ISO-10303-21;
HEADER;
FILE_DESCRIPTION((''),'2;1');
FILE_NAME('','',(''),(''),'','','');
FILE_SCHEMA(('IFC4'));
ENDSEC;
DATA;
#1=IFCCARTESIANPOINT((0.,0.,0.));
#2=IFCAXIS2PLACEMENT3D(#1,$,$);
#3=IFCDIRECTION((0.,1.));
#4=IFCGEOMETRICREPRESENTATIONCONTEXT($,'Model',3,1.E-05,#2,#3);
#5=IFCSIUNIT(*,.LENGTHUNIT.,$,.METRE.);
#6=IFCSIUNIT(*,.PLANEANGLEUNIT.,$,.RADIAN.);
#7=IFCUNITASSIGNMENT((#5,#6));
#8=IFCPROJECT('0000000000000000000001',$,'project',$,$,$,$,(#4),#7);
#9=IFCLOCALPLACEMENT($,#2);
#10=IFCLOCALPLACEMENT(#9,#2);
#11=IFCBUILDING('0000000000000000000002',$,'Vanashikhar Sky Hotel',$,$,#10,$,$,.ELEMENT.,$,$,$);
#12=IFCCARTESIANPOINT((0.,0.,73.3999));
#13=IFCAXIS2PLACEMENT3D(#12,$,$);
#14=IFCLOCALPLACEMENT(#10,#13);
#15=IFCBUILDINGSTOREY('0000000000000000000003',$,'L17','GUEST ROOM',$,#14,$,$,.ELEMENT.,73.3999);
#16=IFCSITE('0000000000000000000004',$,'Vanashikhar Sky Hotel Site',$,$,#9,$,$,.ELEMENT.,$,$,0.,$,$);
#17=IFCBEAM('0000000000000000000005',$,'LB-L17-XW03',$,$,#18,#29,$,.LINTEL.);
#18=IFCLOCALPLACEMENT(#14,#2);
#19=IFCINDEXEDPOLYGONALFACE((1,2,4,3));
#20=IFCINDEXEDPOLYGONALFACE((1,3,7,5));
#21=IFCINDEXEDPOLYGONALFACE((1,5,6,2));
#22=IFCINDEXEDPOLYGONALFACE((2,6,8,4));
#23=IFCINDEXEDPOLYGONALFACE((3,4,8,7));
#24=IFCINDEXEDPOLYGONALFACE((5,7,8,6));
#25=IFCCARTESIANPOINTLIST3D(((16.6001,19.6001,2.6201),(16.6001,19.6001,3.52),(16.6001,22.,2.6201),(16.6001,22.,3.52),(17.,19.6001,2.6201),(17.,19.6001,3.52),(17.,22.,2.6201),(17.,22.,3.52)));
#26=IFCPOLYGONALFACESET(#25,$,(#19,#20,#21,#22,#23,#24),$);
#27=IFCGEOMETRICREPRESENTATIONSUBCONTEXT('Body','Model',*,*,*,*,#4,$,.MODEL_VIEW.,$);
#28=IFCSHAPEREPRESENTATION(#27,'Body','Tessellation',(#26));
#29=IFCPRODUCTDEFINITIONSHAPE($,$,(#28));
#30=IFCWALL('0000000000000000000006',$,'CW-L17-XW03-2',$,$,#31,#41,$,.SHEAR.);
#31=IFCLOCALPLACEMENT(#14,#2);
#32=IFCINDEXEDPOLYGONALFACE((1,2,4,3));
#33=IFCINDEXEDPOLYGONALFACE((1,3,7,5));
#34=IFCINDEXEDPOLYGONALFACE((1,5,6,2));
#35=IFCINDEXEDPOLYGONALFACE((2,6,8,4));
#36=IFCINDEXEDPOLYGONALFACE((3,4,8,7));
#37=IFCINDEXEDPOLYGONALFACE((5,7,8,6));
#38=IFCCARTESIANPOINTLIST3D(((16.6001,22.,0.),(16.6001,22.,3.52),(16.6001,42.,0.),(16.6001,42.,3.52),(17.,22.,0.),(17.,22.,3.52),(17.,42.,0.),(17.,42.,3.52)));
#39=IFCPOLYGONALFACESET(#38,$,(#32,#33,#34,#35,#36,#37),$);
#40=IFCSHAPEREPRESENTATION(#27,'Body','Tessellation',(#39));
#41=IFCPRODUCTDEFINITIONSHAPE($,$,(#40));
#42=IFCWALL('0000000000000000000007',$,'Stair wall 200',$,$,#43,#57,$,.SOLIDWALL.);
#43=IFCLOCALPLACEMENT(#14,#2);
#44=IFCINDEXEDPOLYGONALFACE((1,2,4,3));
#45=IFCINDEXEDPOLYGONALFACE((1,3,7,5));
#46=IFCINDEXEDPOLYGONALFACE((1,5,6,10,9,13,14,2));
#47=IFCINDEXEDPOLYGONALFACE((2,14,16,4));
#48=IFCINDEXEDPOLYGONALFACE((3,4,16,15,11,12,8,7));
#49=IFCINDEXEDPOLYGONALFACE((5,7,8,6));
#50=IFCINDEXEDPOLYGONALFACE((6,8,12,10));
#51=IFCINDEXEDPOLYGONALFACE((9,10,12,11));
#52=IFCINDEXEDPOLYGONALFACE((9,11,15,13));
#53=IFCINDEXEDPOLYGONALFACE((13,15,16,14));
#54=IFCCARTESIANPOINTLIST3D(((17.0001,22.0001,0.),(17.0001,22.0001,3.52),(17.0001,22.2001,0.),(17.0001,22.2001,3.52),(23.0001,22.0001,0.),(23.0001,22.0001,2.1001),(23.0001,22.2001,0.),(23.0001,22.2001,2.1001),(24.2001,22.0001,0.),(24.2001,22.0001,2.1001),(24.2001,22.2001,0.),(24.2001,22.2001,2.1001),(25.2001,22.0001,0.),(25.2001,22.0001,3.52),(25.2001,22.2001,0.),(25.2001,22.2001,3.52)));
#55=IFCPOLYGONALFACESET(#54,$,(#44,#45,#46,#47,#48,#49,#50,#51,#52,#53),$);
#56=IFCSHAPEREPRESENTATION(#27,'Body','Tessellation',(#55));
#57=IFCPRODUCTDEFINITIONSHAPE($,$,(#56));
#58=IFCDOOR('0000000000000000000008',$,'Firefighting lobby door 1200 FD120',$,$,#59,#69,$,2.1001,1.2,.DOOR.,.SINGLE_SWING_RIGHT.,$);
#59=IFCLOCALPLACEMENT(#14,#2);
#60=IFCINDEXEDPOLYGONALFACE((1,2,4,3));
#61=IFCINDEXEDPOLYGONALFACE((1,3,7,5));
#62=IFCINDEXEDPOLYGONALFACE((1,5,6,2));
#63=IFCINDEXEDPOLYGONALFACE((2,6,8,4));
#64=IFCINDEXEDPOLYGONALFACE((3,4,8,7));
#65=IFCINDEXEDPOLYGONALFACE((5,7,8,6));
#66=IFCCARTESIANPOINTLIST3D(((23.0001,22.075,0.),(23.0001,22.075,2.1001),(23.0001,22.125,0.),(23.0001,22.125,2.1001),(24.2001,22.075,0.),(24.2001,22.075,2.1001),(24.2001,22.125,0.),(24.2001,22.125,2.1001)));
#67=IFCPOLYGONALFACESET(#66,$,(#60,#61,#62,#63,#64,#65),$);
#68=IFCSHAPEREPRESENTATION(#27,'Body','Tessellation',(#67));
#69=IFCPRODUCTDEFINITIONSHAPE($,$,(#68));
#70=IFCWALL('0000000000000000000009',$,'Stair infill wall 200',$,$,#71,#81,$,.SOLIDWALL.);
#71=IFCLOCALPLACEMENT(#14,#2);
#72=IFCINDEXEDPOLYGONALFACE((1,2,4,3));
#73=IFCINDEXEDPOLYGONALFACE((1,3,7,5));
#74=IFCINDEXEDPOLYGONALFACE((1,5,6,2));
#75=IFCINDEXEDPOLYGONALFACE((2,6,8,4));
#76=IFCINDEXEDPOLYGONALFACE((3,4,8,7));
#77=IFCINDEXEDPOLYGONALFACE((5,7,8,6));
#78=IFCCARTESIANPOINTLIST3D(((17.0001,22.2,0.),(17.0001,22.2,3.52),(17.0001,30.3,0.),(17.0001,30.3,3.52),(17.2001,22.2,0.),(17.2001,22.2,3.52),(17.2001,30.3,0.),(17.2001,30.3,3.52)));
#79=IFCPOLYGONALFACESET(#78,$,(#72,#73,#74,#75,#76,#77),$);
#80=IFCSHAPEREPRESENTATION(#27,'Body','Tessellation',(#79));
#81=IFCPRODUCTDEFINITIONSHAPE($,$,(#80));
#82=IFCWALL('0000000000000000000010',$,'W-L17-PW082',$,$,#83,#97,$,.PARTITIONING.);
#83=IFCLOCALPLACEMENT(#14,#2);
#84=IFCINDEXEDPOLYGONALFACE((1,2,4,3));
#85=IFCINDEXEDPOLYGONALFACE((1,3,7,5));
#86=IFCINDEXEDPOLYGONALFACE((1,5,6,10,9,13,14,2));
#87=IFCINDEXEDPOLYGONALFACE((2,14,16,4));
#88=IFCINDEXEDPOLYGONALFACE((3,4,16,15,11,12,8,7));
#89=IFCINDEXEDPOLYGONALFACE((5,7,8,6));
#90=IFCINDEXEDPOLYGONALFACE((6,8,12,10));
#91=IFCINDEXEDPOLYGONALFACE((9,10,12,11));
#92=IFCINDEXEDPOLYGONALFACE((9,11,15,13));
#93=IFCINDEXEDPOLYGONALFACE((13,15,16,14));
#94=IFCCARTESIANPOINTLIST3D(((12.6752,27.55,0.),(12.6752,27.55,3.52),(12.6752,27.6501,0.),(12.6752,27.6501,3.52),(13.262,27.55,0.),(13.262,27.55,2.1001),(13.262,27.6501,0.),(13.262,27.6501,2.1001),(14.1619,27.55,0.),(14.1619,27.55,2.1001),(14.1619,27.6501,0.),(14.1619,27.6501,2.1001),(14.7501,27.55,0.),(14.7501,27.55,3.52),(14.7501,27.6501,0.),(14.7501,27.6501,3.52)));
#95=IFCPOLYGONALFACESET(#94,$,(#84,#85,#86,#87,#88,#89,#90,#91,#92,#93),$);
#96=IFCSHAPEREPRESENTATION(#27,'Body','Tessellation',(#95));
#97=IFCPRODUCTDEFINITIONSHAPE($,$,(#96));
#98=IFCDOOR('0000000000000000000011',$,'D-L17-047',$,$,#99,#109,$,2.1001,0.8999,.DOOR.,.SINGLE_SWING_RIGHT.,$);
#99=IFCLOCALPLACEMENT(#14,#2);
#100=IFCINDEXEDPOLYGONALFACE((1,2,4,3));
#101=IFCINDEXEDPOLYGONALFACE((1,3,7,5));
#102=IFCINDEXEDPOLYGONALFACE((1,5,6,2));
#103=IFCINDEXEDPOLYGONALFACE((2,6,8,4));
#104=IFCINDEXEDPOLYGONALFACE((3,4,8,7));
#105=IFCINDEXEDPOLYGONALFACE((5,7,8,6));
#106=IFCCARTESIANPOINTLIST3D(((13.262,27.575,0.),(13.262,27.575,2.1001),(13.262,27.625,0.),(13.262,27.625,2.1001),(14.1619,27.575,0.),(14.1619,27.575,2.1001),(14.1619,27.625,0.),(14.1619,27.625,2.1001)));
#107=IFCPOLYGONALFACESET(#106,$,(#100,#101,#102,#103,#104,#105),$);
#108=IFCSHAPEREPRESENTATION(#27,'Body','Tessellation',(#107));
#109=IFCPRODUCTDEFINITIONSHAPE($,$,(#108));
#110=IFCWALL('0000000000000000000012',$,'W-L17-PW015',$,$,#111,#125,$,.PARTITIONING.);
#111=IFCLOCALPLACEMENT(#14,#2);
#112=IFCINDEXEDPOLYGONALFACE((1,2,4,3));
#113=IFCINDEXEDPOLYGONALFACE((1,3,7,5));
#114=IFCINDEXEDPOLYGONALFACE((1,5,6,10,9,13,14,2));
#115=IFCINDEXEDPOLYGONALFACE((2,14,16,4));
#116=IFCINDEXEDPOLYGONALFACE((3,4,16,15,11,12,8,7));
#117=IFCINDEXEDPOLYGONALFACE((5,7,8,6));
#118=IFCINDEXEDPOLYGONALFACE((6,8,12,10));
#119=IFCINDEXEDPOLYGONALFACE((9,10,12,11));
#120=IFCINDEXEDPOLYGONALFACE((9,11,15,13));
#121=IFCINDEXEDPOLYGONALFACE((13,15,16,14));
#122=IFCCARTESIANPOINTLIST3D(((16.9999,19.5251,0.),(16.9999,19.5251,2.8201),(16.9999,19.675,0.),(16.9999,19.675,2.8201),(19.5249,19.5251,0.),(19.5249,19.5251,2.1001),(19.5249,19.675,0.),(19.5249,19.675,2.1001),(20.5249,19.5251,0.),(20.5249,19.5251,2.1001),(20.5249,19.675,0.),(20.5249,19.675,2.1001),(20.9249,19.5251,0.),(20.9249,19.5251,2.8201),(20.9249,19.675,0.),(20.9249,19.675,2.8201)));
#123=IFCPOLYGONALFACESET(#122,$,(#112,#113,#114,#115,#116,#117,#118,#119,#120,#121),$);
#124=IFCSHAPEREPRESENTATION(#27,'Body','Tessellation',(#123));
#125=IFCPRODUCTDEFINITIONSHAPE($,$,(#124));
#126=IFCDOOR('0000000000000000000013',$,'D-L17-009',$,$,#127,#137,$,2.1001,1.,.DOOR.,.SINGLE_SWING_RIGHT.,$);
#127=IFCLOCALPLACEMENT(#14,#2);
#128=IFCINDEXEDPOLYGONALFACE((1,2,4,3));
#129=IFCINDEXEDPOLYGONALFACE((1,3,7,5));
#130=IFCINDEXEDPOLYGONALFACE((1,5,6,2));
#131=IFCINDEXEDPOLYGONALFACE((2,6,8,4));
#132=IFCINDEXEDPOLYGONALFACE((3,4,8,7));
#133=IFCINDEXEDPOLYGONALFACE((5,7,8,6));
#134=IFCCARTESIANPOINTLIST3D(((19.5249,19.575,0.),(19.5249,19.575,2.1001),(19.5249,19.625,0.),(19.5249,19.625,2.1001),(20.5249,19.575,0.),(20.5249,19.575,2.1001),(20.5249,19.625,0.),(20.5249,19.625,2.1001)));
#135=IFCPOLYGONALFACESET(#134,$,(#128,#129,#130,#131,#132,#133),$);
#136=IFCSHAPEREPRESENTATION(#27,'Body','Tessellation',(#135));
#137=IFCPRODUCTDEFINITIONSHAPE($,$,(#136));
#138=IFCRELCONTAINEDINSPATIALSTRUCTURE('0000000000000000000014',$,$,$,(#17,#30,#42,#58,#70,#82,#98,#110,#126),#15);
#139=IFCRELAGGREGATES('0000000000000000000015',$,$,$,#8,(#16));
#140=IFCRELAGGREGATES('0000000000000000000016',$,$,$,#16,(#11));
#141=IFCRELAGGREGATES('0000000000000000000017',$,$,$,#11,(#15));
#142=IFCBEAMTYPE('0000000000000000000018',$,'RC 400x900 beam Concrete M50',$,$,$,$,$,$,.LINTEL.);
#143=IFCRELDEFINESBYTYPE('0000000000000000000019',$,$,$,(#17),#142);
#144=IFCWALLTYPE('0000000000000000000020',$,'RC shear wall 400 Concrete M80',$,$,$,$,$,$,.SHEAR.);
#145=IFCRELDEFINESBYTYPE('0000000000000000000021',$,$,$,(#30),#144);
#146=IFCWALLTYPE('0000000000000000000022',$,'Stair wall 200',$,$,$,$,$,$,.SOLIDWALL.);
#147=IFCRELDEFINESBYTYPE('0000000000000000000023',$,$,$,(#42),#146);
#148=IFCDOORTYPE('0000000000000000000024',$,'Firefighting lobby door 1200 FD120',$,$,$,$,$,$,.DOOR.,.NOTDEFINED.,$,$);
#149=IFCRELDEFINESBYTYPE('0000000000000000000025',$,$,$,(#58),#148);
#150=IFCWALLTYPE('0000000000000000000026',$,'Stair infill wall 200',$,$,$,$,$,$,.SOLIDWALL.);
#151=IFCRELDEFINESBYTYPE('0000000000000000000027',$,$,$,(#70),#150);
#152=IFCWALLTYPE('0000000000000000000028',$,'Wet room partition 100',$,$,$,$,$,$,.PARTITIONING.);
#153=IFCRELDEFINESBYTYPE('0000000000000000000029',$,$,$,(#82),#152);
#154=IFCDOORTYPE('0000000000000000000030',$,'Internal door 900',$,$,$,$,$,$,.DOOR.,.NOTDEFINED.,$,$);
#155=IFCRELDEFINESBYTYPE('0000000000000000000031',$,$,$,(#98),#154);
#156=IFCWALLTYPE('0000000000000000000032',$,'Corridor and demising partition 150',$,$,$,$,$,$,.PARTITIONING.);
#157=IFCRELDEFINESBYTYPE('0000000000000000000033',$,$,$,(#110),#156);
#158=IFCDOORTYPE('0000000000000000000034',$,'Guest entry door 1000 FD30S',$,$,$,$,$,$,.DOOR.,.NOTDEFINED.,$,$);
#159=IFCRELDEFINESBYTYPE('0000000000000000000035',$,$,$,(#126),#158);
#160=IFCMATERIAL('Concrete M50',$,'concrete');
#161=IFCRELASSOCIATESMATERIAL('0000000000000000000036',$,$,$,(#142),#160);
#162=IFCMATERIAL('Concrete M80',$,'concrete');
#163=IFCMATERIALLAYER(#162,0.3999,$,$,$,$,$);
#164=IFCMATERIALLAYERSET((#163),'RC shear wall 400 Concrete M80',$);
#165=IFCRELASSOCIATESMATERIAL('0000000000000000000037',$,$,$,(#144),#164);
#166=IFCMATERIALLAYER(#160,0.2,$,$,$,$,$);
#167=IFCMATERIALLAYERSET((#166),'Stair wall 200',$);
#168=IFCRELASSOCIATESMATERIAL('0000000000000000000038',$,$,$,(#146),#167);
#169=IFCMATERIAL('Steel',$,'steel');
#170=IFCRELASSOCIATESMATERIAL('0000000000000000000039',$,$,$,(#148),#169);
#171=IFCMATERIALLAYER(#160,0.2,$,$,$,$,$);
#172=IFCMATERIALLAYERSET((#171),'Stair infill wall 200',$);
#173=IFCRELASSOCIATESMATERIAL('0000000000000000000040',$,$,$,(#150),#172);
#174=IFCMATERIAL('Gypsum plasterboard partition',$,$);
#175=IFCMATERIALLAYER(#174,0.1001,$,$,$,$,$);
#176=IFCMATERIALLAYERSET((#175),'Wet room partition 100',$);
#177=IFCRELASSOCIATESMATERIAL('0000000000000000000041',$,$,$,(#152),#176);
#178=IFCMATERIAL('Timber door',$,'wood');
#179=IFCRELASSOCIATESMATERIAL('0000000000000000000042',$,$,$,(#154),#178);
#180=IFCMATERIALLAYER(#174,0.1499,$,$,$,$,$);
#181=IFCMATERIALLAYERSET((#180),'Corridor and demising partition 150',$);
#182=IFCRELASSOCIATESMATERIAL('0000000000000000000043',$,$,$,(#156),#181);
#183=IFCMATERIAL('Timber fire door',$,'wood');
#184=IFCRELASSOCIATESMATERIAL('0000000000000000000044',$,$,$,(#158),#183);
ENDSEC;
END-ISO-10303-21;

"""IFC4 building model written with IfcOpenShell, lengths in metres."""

from ifc_helpers import new_model, si_unit, direction, frame, frame_2d, origin, origin_2d, place, context, subcontext, project, spatial, rectangle, extrude, source, transform, mapped, material, layer, layer_set, material_profile, profile_set, type_object, element, fill, save


model = new_model("IFC4")

# Units and contexts
model_context = context("Model", 3, precision=1e-05, world=origin(), true_north=direction((0.0, 1.0)))
body_context = subcontext(model_context, "Body", "Model", "MODEL_VIEW")
ifc_project = project(units=[si_unit("LENGTHUNIT", "METRE"), si_unit("PLANEANGLEUNIT", "RADIAN")], contexts=[model_context])

# Site, building, storey
site_placement = place(None, origin())
site = spatial("IfcSite", under=ifc_project, at=site_placement, Name="Vanashikhar Sky Hotel Site", CompositionType="ELEMENT", RefElevation=0.0)
building_placement = place(site_placement, origin())
building = spatial("IfcBuilding", under=site, at=building_placement, Name="Vanashikhar Sky Hotel", CompositionType="ELEMENT")
storey_placement = place(building_placement, frame((0.0, 0.0, 73.3999)))
storey = spatial("IfcBuildingStorey", under=building, at=storey_placement, Name="L17", Description="GUEST ROOM", CompositionType="ELEMENT", Elevation=73.3999)

# Beam
ifc_material_1 = material(Name="Concrete M50", Category="concrete")
ifc_material_profile = material_profile(ifc_material_1, rectangle(XDim=0.3999, YDim=0.8999, at=origin_2d()))
ifc_profile_set = profile_set([ifc_material_profile], Name="RC 400x900 beam Concrete M50")
beam_type = type_object("IfcBeamType", Name="RC 400x900 beam Concrete M50", PredefinedType="LINTEL", material=ifc_profile_set)
shared_shape_1 = source(origin(), body_context, "Body", "SweptSolid", [
    extrude(rectangle(XDim=0.3999, YDim=0.8999, at=origin_2d()), origin(), (0.0, 0.0, 1.0), 2.3999),
])
beam_placement = place(storey_placement, frame((16.8, 19.6001, 3.0701), z_axis=(0.0, 1.0, 0.0), x_axis=(-1.0, 0.0, 0.0)))
element("IfcBeam", 1, at=beam_placement, inside=storey, type_object=beam_type, Name="LB-L17-XW03", PredefinedType="LINTEL", context=body_context, shape_type="MappedRepresentation", body=[
    mapped(shared_shape_1, transform((0.0, 0.0, 0.0), scale=1.0)),
])

# Wall
ifc_material_2 = material(Name="Concrete M80", Category="concrete")
ifc_layer_1 = layer(ifc_material_2, 0.3999)
ifc_layer_set_1 = layer_set([ifc_layer_1], Name="RC shear wall 400 Concrete M80")
wall_type_1 = type_object("IfcWallType", Name="RC shear wall 400 Concrete M80", PredefinedType="SHEAR", material=ifc_layer_set_1)
shared_shape_2 = source(origin(), body_context, "Body", "SweptSolid", [
    extrude(rectangle(XDim=20.0, YDim=0.3999, at=frame_2d((10.0, 0.0))), origin(), (0.0, 0.0, 1.0), 3.52),
])
wall_1_placement = place(storey_placement, frame((16.8, 22.0, 0.0), z_axis=(0.0, 0.0, 1.0), x_axis=(0.0, 1.0, 0.0)))
element("IfcWall", 2, at=wall_1_placement, inside=storey, type_object=wall_type_1, Name="CW-L17-XW03-2", PredefinedType="SHEAR", context=body_context, shape_type="MappedRepresentation", body=[
    mapped(shared_shape_2, transform((0.0, 0.0, 0.0), scale=1.0)),
])

# Wall, opening, door
ifc_layer_2 = layer(ifc_material_1, 0.2)
ifc_layer_set_2 = layer_set([ifc_layer_2], Name="Stair wall 200")
wall_type_2 = type_object("IfcWallType", Name="Stair wall 200", PredefinedType="SOLIDWALL", material=ifc_layer_set_2)
shared_shape_3 = source(origin(), body_context, "Body", "SweptSolid", [
    extrude(rectangle(XDim=8.2, YDim=0.2, at=frame_2d((4.1001, 0.0))), origin(), (0.0, 0.0, 1.0), 3.52),
])
wall_2_placement = place(storey_placement, frame((17.0, 22.1001, 0.0), z_axis=(0.0, 0.0, 1.0), x_axis=(1.0, 0.0, 0.0)))
wall_2 = element("IfcWall", 3, at=wall_2_placement, inside=storey, type_object=wall_type_2, Name="Stair wall 200", PredefinedType="SOLIDWALL", context=body_context, shape_type="MappedRepresentation", body=[
    mapped(shared_shape_3, transform((0.0, 0.0, 0.0), scale=1.0)),
])
shared_shape_4 = source(origin(), body_context, "Body", "SweptSolid", [
    extrude(rectangle(XDim=1.2, YDim=2.1001, at=frame_2d((0.6001, 1.05))), frame((0.0, 0.1099, 0.0), z_axis=(0.0, -1.0, 0.0), x_axis=(1.0, 0.0, 0.0)), (0.0, 0.0, 1.0), 0.22),
])
opening_1_placement = place(wall_2_placement, frame((6.0, 0.0, 0.0)))
opening_1 = element("IfcOpeningElement", 4, at=opening_1_placement, cuts=wall_2, PredefinedType="OPENING", context=body_context, shape_type="MappedRepresentation", body=[
    mapped(shared_shape_4, transform((0.0, 0.0, 0.0), scale=1.0)),
])
ifc_material_3 = material(Name="Steel", Category="steel")
door_type_1 = type_object("IfcDoorType", Name="Firefighting lobby door 1200 FD120", OperationType="NOTDEFINED", PredefinedType="DOOR", material=ifc_material_3)
shared_shape_5 = source(origin(), body_context, "Body", "SweptSolid", [
    extrude(rectangle(XDim=1.2, YDim=2.1001, at=frame_2d((0.6001, 1.05))), frame((0.0, 0.0249, 0.0), z_axis=(0.0, -1.0, 0.0), x_axis=(1.0, 0.0, 0.0)), (0.0, 0.0, 1.0), 0.05),
])
door_1_placement = place(opening_1_placement, origin())
door_1 = element("IfcDoor", 5, at=door_1_placement, inside=storey, type_object=door_type_1, Name="Firefighting lobby door 1200 FD120", OperationType="SINGLE_SWING_RIGHT", OverallHeight=2.1001, OverallWidth=1.2, PredefinedType="DOOR", context=body_context, shape_type="MappedRepresentation", body=[
    mapped(shared_shape_5, transform((0.0, 0.0, 0.0), scale=1.0)),
])
fill(opening_1, door_1)

# Wall
ifc_layer_3 = layer(ifc_material_1, 0.2)
ifc_layer_set_3 = layer_set([ifc_layer_3], Name="Stair infill wall 200")
wall_type_3 = type_object("IfcWallType", Name="Stair infill wall 200", PredefinedType="SOLIDWALL", material=ifc_layer_set_3)
shared_shape_6 = source(origin(), body_context, "Body", "SweptSolid", [
    extrude(rectangle(XDim=8.1001, YDim=0.2, at=frame_2d((4.05, 0.0))), origin(), (0.0, 0.0, 1.0), 3.52),
])
wall_3_placement = place(storey_placement, frame((17.1001, 22.2, 0.0), z_axis=(0.0, 0.0, 1.0), x_axis=(0.0, 1.0, 0.0)))
element("IfcWall", 6, at=wall_3_placement, inside=storey, type_object=wall_type_3, Name="Stair infill wall 200", PredefinedType="SOLIDWALL", context=body_context, shape_type="MappedRepresentation", body=[
    mapped(shared_shape_6, transform((0.0, 0.0, 0.0), scale=1.0)),
])

# Walls, openings, doors
ifc_material_4 = material(Name="Gypsum plasterboard partition")
ifc_layer_4 = layer(ifc_material_4, 0.1001)
ifc_layer_set_4 = layer_set([ifc_layer_4], Name="Wet room partition 100")
wall_type_4 = type_object("IfcWallType", Name="Wet room partition 100", PredefinedType="PARTITIONING", material=ifc_layer_set_4)
shared_shape_7 = source(origin(), body_context, "Body", "SweptSolid", [
    extrude(rectangle(XDim=2.075, YDim=0.1001, at=frame_2d((1.0376, 0.0))), origin(), (0.0, 0.0, 1.0), 3.52),
])
wall_4_placement = place(storey_placement, frame((12.675, 27.6001, 0.0), z_axis=(0.0, 0.0, 1.0), x_axis=(1.0, 0.0, 0.0)))
wall_4 = element("IfcWall", 7, at=wall_4_placement, inside=storey, type_object=wall_type_4, Name="W-L17-PW082", PredefinedType="PARTITIONING", context=body_context, shape_type="MappedRepresentation", body=[
    mapped(shared_shape_7, transform((0.0, 0.0, 0.0), scale=1.0)),
])
shared_shape_8 = source(origin(), body_context, "Body", "SweptSolid", [
    extrude(rectangle(XDim=0.8999, YDim=2.1001, at=frame_2d((0.45, 1.05))), frame((0.0, 0.0601, 0.0), z_axis=(0.0, -1.0, 0.0), x_axis=(1.0, 0.0, 0.0)), (0.0, 0.0, 1.0), 0.1201),
])
opening_2_placement = place(wall_4_placement, frame((0.5869, 0.0, 0.0)))
opening_2 = element("IfcOpeningElement", 8, at=opening_2_placement, cuts=wall_4, PredefinedType="OPENING", context=body_context, shape_type="MappedRepresentation", body=[
    mapped(shared_shape_8, transform((0.0, 0.0, 0.0), scale=1.0)),
])
ifc_material_5 = material(Name="Timber door", Category="wood")
door_type_2 = type_object("IfcDoorType", Name="Internal door 900", OperationType="NOTDEFINED", PredefinedType="DOOR", material=ifc_material_5)
shared_shape_9 = source(origin(), body_context, "Body", "SweptSolid", [
    extrude(rectangle(XDim=0.8999, YDim=2.1001, at=frame_2d((0.45, 1.05))), frame((0.0, 0.0249, 0.0), z_axis=(0.0, -1.0, 0.0), x_axis=(1.0, 0.0, 0.0)), (0.0, 0.0, 1.0), 0.05),
])
door_2_placement = place(opening_2_placement, origin())
door_2 = element("IfcDoor", 9, at=door_2_placement, inside=storey, type_object=door_type_2, Name="D-L17-047", OperationType="SINGLE_SWING_RIGHT", OverallHeight=2.1001, OverallWidth=0.8999, PredefinedType="DOOR", context=body_context, shape_type="MappedRepresentation", body=[
    mapped(shared_shape_9, transform((0.0, 0.0, 0.0), scale=1.0)),
])
fill(opening_2, door_2)
ifc_layer_5 = layer(ifc_material_4, 0.1499)
ifc_layer_set_5 = layer_set([ifc_layer_5], Name="Corridor and demising partition 150")
wall_type_5 = type_object("IfcWallType", Name="Corridor and demising partition 150", PredefinedType="PARTITIONING", material=ifc_layer_set_5)
shared_shape_10 = source(origin(), body_context, "Body", "SweptSolid", [
    extrude(rectangle(XDim=3.925, YDim=0.1499, at=frame_2d((1.9624, 0.0))), origin(), (0.0, 0.0, 1.0), 2.8201),
])
wall_5_placement = place(storey_placement, frame((17.0, 19.6001, 0.0), z_axis=(0.0, 0.0, 1.0), x_axis=(1.0, 0.0, 0.0)))
wall_5 = element("IfcWall", 10, at=wall_5_placement, inside=storey, type_object=wall_type_5, Name="W-L17-PW015", PredefinedType="PARTITIONING", context=body_context, shape_type="MappedRepresentation", body=[
    mapped(shared_shape_10, transform((0.0, 0.0, 0.0), scale=1.0)),
])
shared_shape_11 = source(origin(), body_context, "Body", "SweptSolid", [
    extrude(rectangle(XDim=1.0, YDim=2.1001, at=frame_2d((0.5, 1.05))), frame((0.0, 0.085, 0.0), z_axis=(0.0, -1.0, 0.0), x_axis=(1.0, 0.0, 0.0)), (0.0, 0.0, 1.0), 0.1699),
])
opening_3_placement = place(wall_5_placement, frame((2.5249, 0.0, 0.0)))
opening_3 = element("IfcOpeningElement", 11, at=opening_3_placement, cuts=wall_5, PredefinedType="OPENING", context=body_context, shape_type="MappedRepresentation", body=[
    mapped(shared_shape_11, transform((0.0, 0.0, 0.0), scale=1.0)),
])
ifc_material_6 = material(Name="Timber fire door", Category="wood")
door_type_3 = type_object("IfcDoorType", Name="Guest entry door 1000 FD30S", OperationType="NOTDEFINED", PredefinedType="DOOR", material=ifc_material_6)
shared_shape_12 = source(origin(), body_context, "Body", "SweptSolid", [
    extrude(rectangle(XDim=1.0, YDim=2.1001, at=frame_2d((0.5, 1.05))), frame((0.0, 0.0249, 0.0), z_axis=(0.0, -1.0, 0.0), x_axis=(1.0, 0.0, 0.0)), (0.0, 0.0, 1.0), 0.05),
])
door_3_placement = place(opening_3_placement, origin())
door_3 = element("IfcDoor", 12, at=door_3_placement, inside=storey, type_object=door_type_3, Name="D-L17-009", OperationType="SINGLE_SWING_RIGHT", OverallHeight=2.1001, OverallWidth=1.0, PredefinedType="DOOR", context=body_context, shape_type="MappedRepresentation", body=[
    mapped(shared_shape_12, transform((0.0, 0.0, 0.0), scale=1.0)),
])
fill(opening_3, door_3)

save(model, "model.ifc")
